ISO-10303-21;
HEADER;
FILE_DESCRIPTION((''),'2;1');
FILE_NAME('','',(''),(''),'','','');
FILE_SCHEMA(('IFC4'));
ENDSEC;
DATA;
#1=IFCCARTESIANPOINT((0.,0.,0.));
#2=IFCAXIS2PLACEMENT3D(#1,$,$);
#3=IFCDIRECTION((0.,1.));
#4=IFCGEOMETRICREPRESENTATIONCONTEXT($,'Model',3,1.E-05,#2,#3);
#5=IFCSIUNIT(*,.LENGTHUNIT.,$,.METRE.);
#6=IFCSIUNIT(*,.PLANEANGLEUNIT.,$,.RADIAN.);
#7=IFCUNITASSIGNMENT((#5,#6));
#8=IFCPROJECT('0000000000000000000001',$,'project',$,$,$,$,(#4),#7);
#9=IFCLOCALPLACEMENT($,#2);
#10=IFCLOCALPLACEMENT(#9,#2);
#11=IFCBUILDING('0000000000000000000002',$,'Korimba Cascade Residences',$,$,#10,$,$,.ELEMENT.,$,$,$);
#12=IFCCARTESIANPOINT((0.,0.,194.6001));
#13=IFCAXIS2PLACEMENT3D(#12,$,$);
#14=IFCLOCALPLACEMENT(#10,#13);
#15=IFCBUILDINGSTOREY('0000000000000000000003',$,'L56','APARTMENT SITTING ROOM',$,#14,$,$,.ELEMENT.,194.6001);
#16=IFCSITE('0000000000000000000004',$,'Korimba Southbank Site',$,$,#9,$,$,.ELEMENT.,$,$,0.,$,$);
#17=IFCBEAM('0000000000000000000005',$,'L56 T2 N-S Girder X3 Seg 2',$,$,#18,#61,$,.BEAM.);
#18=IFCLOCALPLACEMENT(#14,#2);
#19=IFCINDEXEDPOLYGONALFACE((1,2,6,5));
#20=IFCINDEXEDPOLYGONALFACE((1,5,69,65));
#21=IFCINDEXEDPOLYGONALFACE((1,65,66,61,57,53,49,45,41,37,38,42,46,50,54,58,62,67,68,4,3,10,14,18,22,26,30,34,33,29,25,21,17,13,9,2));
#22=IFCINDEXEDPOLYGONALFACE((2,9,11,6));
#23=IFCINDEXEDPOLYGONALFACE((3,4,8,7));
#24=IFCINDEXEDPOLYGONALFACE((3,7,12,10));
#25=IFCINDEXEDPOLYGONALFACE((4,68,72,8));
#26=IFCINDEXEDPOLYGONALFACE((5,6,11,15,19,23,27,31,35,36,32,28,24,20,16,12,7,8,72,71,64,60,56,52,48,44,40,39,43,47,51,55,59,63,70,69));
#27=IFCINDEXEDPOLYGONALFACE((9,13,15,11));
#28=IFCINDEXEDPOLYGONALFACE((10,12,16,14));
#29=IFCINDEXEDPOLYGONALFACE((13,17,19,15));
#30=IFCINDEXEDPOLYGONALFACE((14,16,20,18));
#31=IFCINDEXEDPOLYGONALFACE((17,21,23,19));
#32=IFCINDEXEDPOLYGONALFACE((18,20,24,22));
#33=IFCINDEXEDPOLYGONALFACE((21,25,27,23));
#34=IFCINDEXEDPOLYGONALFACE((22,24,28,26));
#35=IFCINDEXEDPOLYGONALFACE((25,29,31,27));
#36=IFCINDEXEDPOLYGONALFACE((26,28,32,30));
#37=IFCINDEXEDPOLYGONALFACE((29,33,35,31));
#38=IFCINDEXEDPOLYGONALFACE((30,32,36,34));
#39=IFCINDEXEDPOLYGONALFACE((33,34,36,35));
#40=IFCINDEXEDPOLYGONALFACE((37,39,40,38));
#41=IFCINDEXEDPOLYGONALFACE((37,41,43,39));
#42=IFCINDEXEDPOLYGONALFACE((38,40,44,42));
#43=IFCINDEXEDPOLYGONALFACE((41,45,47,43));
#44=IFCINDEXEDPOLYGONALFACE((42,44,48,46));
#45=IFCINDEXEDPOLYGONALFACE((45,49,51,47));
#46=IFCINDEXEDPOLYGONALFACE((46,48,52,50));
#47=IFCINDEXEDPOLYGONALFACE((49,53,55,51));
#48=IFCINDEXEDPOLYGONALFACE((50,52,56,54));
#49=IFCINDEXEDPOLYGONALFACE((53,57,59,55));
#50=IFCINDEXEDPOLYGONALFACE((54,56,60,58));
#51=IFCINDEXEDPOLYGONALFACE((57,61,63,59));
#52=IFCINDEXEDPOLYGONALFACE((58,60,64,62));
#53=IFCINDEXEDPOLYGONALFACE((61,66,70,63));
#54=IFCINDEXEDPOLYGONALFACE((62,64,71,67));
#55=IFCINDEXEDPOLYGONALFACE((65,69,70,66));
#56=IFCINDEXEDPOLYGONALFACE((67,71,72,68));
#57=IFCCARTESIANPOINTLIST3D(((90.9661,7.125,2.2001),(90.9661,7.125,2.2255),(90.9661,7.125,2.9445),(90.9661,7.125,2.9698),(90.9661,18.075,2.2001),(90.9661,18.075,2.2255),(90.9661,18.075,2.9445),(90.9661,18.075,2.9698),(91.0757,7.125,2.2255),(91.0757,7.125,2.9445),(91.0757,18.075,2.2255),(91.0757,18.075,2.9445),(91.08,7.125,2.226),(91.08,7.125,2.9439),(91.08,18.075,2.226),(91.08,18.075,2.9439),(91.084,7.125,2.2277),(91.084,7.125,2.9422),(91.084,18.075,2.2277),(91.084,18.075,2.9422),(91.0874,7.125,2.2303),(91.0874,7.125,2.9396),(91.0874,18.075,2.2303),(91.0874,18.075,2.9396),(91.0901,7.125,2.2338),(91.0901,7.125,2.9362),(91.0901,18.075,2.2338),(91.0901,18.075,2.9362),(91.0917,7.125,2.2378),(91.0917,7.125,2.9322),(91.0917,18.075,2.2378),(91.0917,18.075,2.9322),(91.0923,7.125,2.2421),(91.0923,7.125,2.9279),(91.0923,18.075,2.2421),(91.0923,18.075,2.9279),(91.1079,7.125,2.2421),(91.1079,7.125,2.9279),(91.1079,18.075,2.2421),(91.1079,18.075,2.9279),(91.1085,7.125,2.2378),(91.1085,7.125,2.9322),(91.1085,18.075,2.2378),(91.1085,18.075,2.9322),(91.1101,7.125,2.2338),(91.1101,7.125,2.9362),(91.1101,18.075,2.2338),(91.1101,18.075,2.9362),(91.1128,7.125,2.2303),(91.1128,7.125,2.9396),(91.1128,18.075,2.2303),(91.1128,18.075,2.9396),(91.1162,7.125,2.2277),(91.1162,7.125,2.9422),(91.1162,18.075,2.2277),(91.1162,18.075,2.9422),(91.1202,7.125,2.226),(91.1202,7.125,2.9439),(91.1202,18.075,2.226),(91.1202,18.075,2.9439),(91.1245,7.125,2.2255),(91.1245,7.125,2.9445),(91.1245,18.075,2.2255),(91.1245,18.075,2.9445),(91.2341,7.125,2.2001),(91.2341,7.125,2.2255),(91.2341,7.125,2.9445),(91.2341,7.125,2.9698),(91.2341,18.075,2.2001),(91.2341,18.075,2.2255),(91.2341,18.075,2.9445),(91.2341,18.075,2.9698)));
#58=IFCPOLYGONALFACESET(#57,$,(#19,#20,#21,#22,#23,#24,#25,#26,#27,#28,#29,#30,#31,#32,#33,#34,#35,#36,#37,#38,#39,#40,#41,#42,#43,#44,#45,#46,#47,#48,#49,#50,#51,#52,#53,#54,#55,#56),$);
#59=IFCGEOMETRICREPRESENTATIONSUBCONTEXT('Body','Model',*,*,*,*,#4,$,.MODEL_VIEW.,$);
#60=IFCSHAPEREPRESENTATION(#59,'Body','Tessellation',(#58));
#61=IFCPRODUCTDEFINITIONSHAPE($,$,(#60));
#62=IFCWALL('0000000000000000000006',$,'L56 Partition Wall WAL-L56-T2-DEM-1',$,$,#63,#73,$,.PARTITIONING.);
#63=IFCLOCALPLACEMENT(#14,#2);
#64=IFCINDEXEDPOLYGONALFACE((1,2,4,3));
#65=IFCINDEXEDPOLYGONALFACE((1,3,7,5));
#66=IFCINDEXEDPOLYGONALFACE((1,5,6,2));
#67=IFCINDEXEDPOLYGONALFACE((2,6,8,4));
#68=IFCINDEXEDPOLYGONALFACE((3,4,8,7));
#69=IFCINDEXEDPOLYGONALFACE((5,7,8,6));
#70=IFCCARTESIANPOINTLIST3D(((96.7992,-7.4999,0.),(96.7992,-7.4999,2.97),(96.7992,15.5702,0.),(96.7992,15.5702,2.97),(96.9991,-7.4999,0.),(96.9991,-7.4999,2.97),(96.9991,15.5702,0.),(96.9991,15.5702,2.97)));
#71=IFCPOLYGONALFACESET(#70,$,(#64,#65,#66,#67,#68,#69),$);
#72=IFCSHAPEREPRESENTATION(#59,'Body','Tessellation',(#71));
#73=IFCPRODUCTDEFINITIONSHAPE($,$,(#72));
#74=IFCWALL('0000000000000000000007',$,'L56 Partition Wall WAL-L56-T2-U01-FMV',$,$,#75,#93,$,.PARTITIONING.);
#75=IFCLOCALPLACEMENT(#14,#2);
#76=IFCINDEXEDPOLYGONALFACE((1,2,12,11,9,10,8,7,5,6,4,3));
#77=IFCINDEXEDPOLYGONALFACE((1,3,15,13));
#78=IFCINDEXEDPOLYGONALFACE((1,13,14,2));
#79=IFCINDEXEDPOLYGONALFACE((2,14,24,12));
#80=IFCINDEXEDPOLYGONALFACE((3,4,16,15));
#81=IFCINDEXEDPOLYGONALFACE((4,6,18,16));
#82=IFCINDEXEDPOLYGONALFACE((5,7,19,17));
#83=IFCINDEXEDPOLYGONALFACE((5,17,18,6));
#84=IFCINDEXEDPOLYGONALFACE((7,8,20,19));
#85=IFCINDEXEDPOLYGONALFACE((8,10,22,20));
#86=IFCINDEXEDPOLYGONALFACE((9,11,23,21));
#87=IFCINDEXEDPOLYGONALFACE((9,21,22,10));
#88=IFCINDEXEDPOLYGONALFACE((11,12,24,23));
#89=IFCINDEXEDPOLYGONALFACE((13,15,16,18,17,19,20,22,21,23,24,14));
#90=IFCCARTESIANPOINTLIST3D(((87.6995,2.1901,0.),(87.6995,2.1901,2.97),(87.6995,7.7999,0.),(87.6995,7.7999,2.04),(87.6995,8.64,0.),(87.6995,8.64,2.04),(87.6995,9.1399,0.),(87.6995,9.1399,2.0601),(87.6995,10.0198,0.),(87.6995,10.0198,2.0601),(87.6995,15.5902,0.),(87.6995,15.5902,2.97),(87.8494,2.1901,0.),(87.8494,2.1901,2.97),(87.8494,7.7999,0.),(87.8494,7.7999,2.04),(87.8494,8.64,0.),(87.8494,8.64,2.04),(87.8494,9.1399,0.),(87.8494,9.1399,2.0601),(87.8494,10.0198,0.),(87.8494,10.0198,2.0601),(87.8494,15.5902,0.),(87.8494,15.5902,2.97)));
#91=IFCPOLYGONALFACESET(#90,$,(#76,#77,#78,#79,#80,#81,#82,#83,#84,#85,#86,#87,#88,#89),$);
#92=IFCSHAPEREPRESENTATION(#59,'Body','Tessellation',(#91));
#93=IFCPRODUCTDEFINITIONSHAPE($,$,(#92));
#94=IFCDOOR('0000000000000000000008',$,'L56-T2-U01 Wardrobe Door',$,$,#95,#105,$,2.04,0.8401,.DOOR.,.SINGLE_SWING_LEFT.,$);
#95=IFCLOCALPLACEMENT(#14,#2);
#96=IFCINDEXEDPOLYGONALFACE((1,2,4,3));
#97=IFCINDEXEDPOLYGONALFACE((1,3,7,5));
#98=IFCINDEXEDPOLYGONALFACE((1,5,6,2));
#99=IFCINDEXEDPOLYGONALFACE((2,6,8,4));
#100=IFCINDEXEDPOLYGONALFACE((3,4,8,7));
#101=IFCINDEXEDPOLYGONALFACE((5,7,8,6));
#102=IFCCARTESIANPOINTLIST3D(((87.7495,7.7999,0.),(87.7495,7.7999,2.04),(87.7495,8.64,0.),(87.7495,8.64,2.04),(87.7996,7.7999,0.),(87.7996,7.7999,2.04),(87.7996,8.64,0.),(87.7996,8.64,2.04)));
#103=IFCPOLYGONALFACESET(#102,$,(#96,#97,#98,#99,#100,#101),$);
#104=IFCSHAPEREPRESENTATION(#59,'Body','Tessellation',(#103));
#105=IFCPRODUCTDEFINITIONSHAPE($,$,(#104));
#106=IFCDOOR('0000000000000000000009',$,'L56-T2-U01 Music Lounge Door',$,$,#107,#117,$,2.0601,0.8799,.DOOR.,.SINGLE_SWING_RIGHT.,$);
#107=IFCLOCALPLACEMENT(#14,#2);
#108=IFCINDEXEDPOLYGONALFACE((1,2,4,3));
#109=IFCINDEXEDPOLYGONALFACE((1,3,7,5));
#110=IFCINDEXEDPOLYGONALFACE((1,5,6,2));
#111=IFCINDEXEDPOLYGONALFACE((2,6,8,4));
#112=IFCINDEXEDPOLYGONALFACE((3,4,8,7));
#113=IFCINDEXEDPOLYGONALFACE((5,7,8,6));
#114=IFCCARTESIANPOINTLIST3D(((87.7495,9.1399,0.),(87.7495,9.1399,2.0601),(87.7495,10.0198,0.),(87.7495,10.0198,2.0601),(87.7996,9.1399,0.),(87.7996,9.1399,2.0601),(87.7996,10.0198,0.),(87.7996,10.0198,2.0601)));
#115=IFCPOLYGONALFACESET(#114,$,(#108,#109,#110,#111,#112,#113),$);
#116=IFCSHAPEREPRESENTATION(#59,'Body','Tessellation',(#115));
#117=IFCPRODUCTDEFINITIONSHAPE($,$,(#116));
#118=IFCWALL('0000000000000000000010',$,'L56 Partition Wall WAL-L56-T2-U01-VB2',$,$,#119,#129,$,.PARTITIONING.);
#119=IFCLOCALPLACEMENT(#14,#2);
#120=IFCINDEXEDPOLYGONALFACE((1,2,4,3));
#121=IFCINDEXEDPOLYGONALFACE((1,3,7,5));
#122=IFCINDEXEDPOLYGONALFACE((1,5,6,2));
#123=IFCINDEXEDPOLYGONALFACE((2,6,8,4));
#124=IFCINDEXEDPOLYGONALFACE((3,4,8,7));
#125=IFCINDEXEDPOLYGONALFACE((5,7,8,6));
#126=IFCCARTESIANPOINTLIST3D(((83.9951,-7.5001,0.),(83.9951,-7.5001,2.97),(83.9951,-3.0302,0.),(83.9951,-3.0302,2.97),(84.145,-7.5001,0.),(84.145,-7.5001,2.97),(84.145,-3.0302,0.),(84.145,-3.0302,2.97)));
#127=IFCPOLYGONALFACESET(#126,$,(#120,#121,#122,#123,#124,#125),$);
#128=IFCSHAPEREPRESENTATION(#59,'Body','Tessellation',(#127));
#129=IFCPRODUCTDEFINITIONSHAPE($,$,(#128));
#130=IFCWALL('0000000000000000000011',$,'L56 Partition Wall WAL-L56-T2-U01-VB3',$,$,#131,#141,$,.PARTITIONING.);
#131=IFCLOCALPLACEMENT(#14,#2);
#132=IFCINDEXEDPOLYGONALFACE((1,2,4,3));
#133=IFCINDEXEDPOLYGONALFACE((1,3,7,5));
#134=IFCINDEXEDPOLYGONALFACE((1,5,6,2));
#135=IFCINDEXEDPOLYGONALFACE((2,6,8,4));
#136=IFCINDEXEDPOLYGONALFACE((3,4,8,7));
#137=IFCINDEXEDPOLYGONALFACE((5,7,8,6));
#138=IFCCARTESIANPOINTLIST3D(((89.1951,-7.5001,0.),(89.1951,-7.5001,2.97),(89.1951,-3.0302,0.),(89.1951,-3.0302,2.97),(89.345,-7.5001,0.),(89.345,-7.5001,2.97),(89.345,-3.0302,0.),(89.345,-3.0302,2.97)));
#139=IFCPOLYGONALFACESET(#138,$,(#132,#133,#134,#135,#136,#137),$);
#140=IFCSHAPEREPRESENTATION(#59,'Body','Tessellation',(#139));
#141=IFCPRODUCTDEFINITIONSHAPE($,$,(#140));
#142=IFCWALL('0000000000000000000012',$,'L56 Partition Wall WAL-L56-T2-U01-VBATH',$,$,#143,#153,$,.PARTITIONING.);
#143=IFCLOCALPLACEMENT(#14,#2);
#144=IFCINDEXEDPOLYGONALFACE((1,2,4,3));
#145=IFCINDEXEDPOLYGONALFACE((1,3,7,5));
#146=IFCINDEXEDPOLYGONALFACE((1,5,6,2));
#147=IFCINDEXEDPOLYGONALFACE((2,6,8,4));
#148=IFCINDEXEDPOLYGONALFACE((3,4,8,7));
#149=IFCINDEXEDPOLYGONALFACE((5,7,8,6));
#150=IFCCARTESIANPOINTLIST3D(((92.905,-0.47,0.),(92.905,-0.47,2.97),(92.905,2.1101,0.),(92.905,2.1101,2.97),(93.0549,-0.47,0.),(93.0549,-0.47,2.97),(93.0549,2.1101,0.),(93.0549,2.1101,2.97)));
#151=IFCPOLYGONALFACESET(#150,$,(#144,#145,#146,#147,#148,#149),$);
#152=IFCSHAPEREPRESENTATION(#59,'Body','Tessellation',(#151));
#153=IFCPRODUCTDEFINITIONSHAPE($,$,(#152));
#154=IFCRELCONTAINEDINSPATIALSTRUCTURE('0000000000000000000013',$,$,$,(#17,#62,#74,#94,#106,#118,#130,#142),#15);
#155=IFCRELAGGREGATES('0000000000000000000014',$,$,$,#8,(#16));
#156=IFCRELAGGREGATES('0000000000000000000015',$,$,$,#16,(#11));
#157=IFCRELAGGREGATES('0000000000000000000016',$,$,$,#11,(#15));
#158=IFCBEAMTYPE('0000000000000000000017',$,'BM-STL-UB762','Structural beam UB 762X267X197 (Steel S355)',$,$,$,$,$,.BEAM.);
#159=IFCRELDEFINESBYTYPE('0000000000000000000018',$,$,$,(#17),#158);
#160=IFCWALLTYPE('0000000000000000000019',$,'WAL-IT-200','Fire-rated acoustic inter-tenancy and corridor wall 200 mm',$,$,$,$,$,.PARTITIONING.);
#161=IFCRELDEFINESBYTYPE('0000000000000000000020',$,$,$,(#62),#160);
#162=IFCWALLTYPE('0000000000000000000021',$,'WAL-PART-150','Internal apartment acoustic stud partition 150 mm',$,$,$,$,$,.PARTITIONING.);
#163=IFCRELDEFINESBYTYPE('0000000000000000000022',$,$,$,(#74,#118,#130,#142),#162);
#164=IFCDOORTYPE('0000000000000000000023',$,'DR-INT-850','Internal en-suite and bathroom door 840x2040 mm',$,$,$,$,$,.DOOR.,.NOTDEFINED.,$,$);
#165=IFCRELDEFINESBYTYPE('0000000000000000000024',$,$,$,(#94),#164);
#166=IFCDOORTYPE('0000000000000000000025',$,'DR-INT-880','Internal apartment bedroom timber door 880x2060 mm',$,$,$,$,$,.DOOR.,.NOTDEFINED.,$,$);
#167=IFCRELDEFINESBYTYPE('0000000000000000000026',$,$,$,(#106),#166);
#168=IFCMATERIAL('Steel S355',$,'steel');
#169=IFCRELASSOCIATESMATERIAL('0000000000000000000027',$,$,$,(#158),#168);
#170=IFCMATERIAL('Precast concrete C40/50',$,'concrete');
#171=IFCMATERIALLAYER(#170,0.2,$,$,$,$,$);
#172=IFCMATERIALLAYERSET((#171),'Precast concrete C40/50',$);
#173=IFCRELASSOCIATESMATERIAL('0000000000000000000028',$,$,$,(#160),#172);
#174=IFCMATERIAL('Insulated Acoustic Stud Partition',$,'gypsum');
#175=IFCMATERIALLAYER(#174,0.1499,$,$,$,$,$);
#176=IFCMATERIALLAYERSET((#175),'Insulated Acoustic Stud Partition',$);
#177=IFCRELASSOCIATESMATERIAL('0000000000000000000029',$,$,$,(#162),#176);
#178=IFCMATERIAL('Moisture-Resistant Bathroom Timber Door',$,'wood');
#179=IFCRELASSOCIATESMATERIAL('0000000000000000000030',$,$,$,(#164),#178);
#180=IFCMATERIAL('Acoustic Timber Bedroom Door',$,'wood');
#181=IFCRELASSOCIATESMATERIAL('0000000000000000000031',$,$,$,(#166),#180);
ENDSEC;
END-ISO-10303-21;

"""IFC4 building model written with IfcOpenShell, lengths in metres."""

from ifc_helpers import new_model, si_unit, direction, frame, frame_2d, origin, origin_2d, place, context, subcontext, project, spatial, rectangle, i_section, extrude, material, layer, layer_set, material_profile, profile_set, type_object, element, fill, save


model = new_model("IFC4")

# Units and contexts
model_context = context("Model", 3, precision=1e-05, world=origin(), true_north=direction((0.0, 1.0)))
body_context = subcontext(model_context, "Body", "Model", "MODEL_VIEW")
ifc_project = project(units=[si_unit("LENGTHUNIT", "METRE"), si_unit("PLANEANGLEUNIT", "RADIAN")], contexts=[model_context])

# Site, building, storey
site_placement = place(None, origin())
site = spatial("IfcSite", under=ifc_project, at=site_placement, Name="Korimba Southbank Site", CompositionType="ELEMENT", RefElevation=0.0)
building_placement = place(site_placement, origin())
building = spatial("IfcBuilding", under=site, at=building_placement, Name="Korimba Cascade Residences", CompositionType="ELEMENT")
storey_placement = place(building_placement, frame((0.0, 0.0, 194.6001)))
storey = spatial("IfcBuildingStorey", under=building, at=storey_placement, Name="L56", Description="APARTMENT SITTING ROOM", CompositionType="ELEMENT", Elevation=194.6001)

# Beam
ifc_material_1 = material(Name="Steel S355", Category="steel")
ifc_material_profile_1 = material_profile(ifc_material_1, i_section(OverallWidth=0.2681, OverallDepth=0.7698, WebThickness=0.0156, FlangeThickness=0.0254, FilletRadius=0.0166, at=origin_2d()), Name="Steel S355")
ifc_profile_set_1 = profile_set([ifc_material_profile_1], Name="Steel S355")
beam_type_1 = type_object("IfcBeamType", Name="BM-STL-UB762", Description="Structural beam UB 762X267X197 (Steel S355)", PredefinedType="BEAM", material=ifc_profile_set_1)
beam_1_placement = place(storey_placement, frame((91.1001, 7.125, 2.585), z_axis=(0.0, 1.0, 0.0), x_axis=(-1.0, 0.0, 0.0)))
element("IfcBeam", 1, at=beam_1_placement, inside=storey, type_object=beam_type_1, Name="L56 T2 N-S Girder X3 Seg 2", PredefinedType="BEAM", context=body_context, shape_type="SweptSolid", body=[
    extrude(i_section(OverallWidth=0.2681, OverallDepth=0.7698, WebThickness=0.0156, FlangeThickness=0.0254, FilletRadius=0.0166, at=origin_2d()), origin(), (0.0, 0.0, 1.0), 10.95),
])

# Wall
ifc_material_2 = material(Name="Precast concrete C40/50", Category="concrete")
ifc_layer_1 = layer(ifc_material_2, 0.2)
ifc_layer_set_1 = layer_set([ifc_layer_1], Name="Precast concrete C40/50")
wall_type_1 = type_object("IfcWallType", Name="WAL-IT-200", Description="Fire-rated acoustic inter-tenancy and corridor wall 200 mm", PredefinedType="PARTITIONING", material=ifc_layer_set_1)
wall_1_placement = place(storey_placement, frame((96.8992, -7.5, 0.0), z_axis=(0.0, 0.0, 1.0), x_axis=(0.0, 1.0, 0.0)))
element("IfcWall", 2, at=wall_1_placement, inside=storey, type_object=wall_type_1, Name="L56 Partition Wall WAL-L56-T2-DEM-1", PredefinedType="PARTITIONING", context=body_context, shape_type="SweptSolid", body=[
    extrude(rectangle(XDim=23.0701, YDim=0.2, at=frame_2d((11.5352, 0.0))), origin(), (0.0, 0.0, 1.0), 2.97),
])

# Wall, openings, doors
ifc_material_3 = material(Name="Insulated Acoustic Stud Partition", Category="gypsum")
ifc_layer_2 = layer(ifc_material_3, 0.1499)
ifc_layer_set_2 = layer_set([ifc_layer_2], Name="Insulated Acoustic Stud Partition")
wall_type_2 = type_object("IfcWallType", Name="WAL-PART-150", Description="Internal apartment acoustic stud partition 150 mm", PredefinedType="PARTITIONING", material=ifc_layer_set_2)
wall_2_placement = place(storey_placement, frame((87.7744, 2.1899, 0.0), z_axis=(0.0, 0.0, 1.0), x_axis=(0.0, 1.0, 0.0)))
wall_2 = element("IfcWall", 3, at=wall_2_placement, inside=storey, type_object=wall_type_2, Name="L56 Partition Wall WAL-L56-T2-U01-FMV", PredefinedType="PARTITIONING", context=body_context, shape_type="SweptSolid", body=[
    extrude(rectangle(XDim=13.4001, YDim=0.1499, at=frame_2d((6.7002, 0.0))), origin(), (0.0, 0.0, 1.0), 2.97),
])
opening_1_placement = place(wall_2_placement, frame((5.6101, 0.0, 0.0)))
opening_1 = element("IfcOpeningElement", 4, at=opening_1_placement, cuts=wall_2, PredefinedType="OPENING", context=body_context, shape_type="SweptSolid", body=[
    extrude(rectangle(XDim=0.8401, YDim=2.04, at=frame_2d((0.4199, 1.02))), frame((0.0, 0.085, 0.0), z_axis=(0.0, -1.0, 0.0), x_axis=(1.0, 0.0, 0.0)), (0.0, 0.0, 1.0), 0.1699),
])
opening_2_placement = place(wall_2_placement, frame((6.95, 0.0, 0.0)))
opening_2 = element("IfcOpeningElement", 5, at=opening_2_placement, cuts=wall_2, PredefinedType="OPENING", context=body_context, shape_type="SweptSolid", body=[
    extrude(rectangle(XDim=0.8799, YDim=2.0601, at=frame_2d((0.4399, 1.03))), frame((0.0, 0.085, 0.0), z_axis=(0.0, -1.0, 0.0), x_axis=(1.0, 0.0, 0.0)), (0.0, 0.0, 1.0), 0.1699),
])
ifc_material_4 = material(Name="Moisture-Resistant Bathroom Timber Door", Category="wood")
door_type_1 = type_object("IfcDoorType", Name="DR-INT-850", Description="Internal en-suite and bathroom door 840x2040 mm", OperationType="NOTDEFINED", PredefinedType="DOOR", material=ifc_material_4)
door_1_placement = place(opening_1_placement, origin())
door_1 = element("IfcDoor", 6, at=door_1_placement, inside=storey, type_object=door_type_1, Name="L56-T2-U01 Wardrobe Door", OperationType="SINGLE_SWING_LEFT", OverallHeight=2.04, OverallWidth=0.8401, PredefinedType="DOOR", context=body_context, shape_type="SweptSolid", body=[
    extrude(rectangle(XDim=0.8401, YDim=2.04, at=frame_2d((0.4199, 1.02))), frame((0.0, 0.0249, 0.0), z_axis=(0.0, -1.0, 0.0), x_axis=(1.0, 0.0, 0.0)), (0.0, 0.0, 1.0), 0.05),
])
fill(opening_1, door_1)
ifc_material_5 = material(Name="Acoustic Timber Bedroom Door", Category="wood")
door_type_2 = type_object("IfcDoorType", Name="DR-INT-880", Description="Internal apartment bedroom timber door 880x2060 mm", OperationType="NOTDEFINED", PredefinedType="DOOR", material=ifc_material_5)
door_2_placement = place(opening_2_placement, origin())
door_2 = element("IfcDoor", 7, at=door_2_placement, inside=storey, type_object=door_type_2, Name="L56-T2-U01 Music Lounge Door", OperationType="SINGLE_SWING_RIGHT", OverallHeight=2.0601, OverallWidth=0.8799, PredefinedType="DOOR", context=body_context, shape_type="SweptSolid", body=[
    extrude(rectangle(XDim=0.8799, YDim=2.0601, at=frame_2d((0.4399, 1.03))), frame((0.0, 0.0249, 0.0), z_axis=(0.0, -1.0, 0.0), x_axis=(1.0, 0.0, 0.0)), (0.0, 0.0, 1.0), 0.05),
])
fill(opening_2, door_2)

# Walls
for number, where, z_axis, x_axis, name in (
    (8, (84.0701, -7.5, 0.0), (0.0, 0.0, 1.0), (0.0, 1.0, 0.0), "L56 Partition Wall WAL-L56-T2-U01-VB2"),
    (9, (89.27, -7.5, 0.0), (0.0, 0.0, 1.0), (0.0, 1.0, 0.0), "L56 Partition Wall WAL-L56-T2-U01-VB3"),
):
    element("IfcWall", number, at=place(storey_placement, frame(where, z_axis=z_axis, x_axis=x_axis)), inside=storey, type_object=wall_type_2, Name=name, PredefinedType="PARTITIONING", context=body_context, shape_type="SweptSolid", body=[
        extrude(rectangle(XDim=4.47, YDim=0.1499, at=frame_2d((2.2349, 0.0))), origin(), (0.0, 0.0, 1.0), 2.97),
    ])
wall_3_placement = place(storey_placement, frame((92.98, -0.47, 0.0), z_axis=(0.0, 0.0, 1.0), x_axis=(0.0, 1.0, 0.0)))
element("IfcWall", 10, at=wall_3_placement, inside=storey, type_object=wall_type_2, Name="L56 Partition Wall WAL-L56-T2-U01-VBATH", PredefinedType="PARTITIONING", context=body_context, shape_type="SweptSolid", body=[
    extrude(rectangle(XDim=2.5801, YDim=0.1499, at=frame_2d((1.29, 0.0))), origin(), (0.0, 0.0, 1.0), 2.97),
])

save(model, "model.ifc")
